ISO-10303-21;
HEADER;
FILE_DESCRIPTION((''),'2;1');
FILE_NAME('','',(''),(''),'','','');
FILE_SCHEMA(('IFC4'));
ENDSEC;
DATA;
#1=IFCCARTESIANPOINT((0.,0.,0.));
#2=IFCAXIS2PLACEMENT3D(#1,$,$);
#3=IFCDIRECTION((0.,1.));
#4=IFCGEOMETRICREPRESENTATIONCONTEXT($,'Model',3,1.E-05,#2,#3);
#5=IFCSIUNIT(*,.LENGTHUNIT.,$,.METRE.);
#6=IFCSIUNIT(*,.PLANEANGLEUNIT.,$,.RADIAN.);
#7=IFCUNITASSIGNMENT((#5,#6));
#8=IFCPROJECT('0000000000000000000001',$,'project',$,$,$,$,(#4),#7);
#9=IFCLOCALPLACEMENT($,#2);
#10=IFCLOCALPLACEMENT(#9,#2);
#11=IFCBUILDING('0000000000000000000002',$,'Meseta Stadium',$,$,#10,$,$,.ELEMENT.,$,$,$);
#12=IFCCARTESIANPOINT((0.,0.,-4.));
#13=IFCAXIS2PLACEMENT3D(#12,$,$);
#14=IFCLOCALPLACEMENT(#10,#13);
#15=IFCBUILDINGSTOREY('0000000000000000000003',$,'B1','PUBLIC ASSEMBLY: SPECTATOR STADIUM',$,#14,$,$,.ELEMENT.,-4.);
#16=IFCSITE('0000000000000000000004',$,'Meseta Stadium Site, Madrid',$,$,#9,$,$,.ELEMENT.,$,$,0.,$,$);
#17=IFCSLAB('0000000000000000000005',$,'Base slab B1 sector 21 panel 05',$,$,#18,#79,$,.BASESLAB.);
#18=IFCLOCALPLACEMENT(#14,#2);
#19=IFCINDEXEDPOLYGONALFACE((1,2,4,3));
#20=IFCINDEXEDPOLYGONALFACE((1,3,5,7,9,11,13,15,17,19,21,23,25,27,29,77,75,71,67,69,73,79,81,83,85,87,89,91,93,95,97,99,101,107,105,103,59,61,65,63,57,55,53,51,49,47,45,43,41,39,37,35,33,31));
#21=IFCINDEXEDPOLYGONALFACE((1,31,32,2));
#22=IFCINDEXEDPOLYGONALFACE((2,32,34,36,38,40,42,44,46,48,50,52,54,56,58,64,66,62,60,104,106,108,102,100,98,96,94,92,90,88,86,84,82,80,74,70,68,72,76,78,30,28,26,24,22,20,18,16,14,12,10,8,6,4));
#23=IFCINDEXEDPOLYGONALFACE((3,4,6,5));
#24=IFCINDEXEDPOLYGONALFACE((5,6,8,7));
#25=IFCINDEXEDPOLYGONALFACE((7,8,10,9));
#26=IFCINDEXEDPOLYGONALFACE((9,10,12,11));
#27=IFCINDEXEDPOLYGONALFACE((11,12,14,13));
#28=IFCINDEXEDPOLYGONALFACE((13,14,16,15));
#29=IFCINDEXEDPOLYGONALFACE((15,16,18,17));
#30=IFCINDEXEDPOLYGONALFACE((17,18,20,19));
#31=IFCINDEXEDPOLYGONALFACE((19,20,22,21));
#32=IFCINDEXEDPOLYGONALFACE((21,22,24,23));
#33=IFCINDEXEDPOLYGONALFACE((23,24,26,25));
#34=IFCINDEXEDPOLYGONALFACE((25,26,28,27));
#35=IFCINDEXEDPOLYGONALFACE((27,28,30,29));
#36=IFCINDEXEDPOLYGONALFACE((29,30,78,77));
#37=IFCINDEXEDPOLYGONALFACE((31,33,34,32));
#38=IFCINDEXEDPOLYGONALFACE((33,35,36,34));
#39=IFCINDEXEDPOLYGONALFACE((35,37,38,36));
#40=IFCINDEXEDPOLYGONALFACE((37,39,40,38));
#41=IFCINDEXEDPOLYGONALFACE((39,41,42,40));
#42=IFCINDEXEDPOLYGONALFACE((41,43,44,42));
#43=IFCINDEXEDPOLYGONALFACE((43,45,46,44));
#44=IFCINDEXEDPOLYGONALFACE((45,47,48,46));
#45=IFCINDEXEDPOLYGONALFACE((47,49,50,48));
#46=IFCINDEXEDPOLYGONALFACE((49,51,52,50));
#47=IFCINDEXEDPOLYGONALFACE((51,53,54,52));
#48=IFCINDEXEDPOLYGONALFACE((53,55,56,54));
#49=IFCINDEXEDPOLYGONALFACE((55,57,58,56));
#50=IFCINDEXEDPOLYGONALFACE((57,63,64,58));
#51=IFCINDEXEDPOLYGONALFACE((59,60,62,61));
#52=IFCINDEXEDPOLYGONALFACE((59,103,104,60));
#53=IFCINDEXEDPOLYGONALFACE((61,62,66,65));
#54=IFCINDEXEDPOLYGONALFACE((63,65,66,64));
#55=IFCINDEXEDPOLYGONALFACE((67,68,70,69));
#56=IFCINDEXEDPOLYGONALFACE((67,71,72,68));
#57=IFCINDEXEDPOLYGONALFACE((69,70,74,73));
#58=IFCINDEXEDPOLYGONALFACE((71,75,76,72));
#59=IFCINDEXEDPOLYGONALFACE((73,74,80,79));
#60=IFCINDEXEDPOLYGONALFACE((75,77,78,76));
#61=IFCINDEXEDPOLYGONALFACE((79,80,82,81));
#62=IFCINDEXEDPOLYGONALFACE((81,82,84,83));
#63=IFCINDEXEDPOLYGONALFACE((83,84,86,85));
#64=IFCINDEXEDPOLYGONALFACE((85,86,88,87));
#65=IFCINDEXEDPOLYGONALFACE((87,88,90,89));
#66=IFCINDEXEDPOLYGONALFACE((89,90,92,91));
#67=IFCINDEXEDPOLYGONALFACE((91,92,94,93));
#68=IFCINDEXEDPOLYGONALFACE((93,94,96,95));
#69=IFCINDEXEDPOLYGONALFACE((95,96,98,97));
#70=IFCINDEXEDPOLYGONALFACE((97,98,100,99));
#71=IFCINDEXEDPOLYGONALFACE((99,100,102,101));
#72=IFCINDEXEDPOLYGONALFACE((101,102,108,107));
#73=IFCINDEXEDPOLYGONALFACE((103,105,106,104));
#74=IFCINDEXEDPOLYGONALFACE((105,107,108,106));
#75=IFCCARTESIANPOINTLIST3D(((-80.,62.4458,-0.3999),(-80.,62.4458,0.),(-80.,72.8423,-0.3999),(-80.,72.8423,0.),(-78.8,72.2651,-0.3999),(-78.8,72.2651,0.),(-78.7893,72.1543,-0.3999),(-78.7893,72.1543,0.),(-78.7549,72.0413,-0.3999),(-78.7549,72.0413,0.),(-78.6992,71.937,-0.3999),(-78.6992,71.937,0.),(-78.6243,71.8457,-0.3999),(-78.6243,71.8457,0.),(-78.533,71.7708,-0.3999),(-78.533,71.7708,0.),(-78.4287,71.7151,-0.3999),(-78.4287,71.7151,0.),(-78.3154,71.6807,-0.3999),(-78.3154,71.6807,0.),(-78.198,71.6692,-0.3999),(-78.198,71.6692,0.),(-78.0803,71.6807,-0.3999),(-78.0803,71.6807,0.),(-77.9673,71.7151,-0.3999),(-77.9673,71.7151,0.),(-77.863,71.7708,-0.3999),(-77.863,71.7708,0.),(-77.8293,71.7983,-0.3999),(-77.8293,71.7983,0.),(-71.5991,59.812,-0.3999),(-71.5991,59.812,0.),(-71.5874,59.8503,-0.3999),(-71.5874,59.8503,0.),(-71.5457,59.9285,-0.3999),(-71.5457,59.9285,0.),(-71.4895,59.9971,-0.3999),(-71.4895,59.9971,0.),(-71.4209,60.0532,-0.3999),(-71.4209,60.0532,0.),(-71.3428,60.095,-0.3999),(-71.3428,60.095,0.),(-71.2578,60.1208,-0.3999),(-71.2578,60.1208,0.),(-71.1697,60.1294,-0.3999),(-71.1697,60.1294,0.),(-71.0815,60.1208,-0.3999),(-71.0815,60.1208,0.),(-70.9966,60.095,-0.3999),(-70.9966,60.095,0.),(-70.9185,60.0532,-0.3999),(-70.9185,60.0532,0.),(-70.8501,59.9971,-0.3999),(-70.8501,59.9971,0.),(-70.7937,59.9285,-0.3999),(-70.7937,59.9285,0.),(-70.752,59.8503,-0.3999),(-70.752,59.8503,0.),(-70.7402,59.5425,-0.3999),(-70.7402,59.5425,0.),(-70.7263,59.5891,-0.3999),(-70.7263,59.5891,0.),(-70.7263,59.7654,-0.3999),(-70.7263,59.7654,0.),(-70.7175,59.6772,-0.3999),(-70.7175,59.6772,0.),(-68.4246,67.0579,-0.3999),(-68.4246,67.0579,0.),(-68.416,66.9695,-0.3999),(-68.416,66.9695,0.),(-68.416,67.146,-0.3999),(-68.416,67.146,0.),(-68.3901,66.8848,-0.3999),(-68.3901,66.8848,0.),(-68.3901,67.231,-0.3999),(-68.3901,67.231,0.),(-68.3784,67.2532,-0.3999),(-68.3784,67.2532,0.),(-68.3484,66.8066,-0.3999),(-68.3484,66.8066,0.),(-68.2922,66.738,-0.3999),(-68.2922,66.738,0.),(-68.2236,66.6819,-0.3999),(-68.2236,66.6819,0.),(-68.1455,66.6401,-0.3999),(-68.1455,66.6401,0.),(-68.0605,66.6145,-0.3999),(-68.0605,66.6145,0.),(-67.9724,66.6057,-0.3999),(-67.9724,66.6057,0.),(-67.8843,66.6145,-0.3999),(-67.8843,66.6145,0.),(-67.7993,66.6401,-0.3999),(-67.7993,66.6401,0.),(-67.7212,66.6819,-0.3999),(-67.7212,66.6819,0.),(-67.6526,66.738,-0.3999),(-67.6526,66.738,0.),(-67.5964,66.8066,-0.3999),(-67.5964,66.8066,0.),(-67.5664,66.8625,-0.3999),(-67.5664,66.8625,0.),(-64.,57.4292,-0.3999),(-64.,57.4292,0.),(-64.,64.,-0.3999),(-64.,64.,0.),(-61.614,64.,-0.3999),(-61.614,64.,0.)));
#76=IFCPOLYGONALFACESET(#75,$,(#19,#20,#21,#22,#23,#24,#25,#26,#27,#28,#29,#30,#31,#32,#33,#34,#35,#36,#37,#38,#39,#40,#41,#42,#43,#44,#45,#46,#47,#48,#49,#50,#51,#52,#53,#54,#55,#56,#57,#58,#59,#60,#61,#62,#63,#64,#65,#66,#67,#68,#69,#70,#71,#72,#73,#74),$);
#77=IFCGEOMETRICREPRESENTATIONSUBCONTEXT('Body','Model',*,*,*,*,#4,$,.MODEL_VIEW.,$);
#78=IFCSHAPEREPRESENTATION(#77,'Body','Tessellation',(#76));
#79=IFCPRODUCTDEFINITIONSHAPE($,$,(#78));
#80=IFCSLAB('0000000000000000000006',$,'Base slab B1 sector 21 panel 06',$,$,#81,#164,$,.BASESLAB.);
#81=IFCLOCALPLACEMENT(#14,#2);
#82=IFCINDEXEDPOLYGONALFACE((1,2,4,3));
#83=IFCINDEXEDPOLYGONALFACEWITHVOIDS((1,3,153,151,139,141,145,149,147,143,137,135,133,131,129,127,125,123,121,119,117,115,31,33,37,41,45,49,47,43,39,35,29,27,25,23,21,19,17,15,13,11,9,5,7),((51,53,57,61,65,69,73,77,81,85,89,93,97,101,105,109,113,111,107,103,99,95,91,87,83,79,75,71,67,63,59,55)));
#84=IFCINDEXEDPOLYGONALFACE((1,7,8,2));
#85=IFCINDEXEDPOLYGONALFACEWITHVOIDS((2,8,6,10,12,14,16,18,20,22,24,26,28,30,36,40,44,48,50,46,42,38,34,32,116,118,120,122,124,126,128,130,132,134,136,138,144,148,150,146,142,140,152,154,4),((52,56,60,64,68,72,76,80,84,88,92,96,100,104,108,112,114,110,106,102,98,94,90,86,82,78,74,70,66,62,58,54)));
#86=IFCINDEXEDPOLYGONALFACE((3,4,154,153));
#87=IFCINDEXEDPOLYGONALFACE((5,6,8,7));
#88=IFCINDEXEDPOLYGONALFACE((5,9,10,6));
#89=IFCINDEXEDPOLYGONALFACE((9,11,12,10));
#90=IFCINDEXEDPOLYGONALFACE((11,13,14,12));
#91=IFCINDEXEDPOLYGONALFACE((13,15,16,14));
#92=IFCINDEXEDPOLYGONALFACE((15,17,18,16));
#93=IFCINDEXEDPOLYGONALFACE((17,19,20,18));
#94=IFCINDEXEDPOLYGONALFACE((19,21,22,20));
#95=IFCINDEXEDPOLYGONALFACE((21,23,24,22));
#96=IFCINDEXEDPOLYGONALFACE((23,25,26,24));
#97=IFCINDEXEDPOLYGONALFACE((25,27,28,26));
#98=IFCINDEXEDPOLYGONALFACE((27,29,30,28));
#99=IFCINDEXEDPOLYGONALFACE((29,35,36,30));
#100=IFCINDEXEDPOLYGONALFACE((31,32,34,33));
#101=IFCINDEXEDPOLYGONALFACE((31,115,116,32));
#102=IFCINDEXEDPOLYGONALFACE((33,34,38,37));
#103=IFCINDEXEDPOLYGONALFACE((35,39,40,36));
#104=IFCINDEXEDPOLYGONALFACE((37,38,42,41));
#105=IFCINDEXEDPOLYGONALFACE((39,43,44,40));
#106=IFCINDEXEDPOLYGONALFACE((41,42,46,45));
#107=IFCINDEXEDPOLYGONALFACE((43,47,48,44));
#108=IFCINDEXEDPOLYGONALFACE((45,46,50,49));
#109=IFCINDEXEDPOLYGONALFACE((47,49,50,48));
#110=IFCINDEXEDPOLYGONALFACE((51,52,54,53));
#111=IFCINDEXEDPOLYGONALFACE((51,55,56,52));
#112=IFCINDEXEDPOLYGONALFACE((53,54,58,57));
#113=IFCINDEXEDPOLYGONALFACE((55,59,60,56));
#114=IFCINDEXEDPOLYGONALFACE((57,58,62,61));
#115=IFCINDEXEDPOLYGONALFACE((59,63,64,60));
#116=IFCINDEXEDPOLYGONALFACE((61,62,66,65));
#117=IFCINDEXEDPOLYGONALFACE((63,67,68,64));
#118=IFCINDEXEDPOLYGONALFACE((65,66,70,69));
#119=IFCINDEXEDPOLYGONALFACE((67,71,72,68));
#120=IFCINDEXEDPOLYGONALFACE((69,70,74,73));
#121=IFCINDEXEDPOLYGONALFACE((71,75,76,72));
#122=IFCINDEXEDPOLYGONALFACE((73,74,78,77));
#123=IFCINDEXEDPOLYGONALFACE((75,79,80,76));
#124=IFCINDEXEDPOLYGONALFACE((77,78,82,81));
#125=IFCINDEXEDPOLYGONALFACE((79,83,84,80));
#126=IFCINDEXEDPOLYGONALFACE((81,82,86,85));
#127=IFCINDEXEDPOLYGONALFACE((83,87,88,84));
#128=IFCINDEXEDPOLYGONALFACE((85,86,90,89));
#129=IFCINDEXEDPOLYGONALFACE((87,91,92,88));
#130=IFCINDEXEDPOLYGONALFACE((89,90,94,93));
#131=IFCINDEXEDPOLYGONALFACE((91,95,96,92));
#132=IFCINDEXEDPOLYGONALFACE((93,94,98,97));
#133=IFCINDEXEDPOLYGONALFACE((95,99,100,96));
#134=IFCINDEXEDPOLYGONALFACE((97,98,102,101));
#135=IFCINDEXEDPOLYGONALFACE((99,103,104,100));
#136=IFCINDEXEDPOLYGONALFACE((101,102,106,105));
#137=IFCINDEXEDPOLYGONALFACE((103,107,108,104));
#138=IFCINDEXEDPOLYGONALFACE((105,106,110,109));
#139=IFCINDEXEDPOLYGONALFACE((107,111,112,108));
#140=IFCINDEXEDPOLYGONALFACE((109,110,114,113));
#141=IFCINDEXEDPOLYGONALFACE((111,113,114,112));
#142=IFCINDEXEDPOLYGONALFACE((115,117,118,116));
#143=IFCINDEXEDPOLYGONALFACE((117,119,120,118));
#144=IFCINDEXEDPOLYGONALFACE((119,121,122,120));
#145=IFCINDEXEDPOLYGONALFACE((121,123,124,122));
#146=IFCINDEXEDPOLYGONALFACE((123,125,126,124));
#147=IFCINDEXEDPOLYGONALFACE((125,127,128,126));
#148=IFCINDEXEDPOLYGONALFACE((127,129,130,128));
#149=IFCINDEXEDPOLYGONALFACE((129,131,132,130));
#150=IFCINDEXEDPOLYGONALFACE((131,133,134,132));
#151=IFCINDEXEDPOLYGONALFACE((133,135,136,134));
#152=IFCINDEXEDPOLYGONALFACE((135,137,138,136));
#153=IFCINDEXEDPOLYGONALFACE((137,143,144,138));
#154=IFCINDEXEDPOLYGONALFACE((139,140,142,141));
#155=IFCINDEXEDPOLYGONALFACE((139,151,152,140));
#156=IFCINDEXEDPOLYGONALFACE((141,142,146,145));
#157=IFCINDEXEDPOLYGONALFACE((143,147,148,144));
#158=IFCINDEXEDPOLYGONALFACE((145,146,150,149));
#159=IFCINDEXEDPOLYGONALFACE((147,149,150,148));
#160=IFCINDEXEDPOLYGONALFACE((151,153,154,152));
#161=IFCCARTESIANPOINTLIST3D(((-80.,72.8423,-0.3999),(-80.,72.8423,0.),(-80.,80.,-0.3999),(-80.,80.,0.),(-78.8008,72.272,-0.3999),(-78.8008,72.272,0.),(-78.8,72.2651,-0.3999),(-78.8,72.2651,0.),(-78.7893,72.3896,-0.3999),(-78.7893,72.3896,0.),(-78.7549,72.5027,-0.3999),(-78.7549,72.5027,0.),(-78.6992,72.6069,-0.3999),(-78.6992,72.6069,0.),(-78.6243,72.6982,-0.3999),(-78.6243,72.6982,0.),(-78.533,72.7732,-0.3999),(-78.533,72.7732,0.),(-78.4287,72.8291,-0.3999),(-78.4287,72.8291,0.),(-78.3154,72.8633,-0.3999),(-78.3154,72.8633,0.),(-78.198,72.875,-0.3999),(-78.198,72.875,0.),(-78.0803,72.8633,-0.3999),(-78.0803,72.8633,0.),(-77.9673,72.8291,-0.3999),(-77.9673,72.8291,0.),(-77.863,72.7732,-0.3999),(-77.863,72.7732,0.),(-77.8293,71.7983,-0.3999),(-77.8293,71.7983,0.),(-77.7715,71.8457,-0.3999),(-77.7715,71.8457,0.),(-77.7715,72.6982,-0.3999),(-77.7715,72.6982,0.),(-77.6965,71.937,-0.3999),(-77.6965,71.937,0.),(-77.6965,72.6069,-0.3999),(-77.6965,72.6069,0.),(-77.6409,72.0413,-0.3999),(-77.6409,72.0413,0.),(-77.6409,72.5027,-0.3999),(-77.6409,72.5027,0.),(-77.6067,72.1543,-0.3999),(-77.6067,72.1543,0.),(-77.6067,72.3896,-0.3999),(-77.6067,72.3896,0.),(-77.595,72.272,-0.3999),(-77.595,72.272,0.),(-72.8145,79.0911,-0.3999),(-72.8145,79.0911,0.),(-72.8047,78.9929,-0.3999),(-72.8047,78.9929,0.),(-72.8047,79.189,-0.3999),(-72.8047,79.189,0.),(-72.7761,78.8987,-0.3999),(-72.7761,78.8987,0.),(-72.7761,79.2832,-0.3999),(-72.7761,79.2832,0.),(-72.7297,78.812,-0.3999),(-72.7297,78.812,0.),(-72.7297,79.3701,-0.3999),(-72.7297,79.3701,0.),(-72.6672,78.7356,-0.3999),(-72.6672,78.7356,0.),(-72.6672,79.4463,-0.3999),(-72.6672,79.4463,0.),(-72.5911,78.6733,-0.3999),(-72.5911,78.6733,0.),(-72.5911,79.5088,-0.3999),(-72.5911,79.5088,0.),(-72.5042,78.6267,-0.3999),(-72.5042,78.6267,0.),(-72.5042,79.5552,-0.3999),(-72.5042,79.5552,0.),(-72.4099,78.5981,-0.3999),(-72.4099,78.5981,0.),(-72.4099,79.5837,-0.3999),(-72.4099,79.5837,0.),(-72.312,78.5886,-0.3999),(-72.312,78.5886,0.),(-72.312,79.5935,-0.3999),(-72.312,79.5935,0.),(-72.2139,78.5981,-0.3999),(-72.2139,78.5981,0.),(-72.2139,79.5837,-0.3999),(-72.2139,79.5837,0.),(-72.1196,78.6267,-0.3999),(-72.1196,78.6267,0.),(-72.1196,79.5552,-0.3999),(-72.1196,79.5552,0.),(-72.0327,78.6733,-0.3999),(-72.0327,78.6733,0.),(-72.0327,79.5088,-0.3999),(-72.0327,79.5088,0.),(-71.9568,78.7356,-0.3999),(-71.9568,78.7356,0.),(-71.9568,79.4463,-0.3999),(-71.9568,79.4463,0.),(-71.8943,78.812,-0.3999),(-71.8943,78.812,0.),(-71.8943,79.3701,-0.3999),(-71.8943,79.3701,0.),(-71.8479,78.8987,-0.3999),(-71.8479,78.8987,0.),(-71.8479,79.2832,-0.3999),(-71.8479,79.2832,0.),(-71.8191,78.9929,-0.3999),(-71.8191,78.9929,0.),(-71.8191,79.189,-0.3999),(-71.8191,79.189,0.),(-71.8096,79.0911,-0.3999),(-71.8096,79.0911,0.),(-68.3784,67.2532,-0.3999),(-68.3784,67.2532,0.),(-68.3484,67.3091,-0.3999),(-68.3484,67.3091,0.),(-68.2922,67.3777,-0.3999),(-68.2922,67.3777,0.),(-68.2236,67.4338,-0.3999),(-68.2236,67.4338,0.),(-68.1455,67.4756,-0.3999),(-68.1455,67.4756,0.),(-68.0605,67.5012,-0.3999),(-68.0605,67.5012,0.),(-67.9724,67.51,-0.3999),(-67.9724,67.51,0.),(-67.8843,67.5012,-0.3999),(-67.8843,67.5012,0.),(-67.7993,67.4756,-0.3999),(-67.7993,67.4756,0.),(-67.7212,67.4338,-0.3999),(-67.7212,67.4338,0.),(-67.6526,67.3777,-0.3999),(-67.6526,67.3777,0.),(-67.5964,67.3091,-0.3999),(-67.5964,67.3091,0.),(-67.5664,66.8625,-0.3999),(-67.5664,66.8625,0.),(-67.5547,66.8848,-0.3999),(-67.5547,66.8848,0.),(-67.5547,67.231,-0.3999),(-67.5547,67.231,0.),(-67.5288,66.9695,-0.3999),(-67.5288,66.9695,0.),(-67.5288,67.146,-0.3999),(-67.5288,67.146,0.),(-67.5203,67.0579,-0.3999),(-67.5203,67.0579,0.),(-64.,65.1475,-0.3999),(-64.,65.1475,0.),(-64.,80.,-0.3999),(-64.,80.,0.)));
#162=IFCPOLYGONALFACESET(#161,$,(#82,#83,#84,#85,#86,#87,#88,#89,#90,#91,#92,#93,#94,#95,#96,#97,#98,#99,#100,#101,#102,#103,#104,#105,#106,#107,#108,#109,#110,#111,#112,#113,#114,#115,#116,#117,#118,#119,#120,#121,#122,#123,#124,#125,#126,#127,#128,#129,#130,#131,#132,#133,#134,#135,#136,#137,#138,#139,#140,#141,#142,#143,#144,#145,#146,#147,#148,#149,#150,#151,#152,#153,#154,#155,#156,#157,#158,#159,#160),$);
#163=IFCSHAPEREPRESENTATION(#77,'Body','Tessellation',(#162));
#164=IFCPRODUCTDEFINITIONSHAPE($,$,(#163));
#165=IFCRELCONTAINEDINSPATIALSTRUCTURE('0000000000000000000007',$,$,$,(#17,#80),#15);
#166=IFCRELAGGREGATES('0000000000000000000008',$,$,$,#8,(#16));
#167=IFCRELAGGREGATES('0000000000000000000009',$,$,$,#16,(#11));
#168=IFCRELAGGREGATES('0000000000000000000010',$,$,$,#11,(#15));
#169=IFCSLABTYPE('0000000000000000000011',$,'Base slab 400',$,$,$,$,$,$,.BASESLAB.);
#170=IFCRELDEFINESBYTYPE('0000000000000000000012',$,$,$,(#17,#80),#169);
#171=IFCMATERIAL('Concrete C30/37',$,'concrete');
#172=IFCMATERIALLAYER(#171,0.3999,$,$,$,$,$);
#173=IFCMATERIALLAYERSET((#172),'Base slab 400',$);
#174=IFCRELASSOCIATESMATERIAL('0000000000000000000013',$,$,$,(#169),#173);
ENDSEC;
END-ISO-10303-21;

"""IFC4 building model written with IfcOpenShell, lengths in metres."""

from ifc_helpers import new_model, si_unit, direction, frame, origin, place, context, subcontext, project, spatial, polyline, outline, extrude, material, layer, layer_set, type_object, element, save


model = new_model("IFC4")

# Units and contexts
model_context = context("Model", 3, precision=1e-05, world=origin(), true_north=direction((0.0, 1.0)))
body_context = subcontext(model_context, "Body", "Model", "MODEL_VIEW")
ifc_project = project(units=[si_unit("LENGTHUNIT", "METRE"), si_unit("PLANEANGLEUNIT", "RADIAN")], contexts=[model_context])

# Site, building, storey
site_placement = place(None, origin())
site = spatial("IfcSite", under=ifc_project, at=site_placement, Name="Meseta Stadium Site, Madrid", CompositionType="ELEMENT", RefElevation=0.0)
building_placement = place(site_placement, origin())
building = spatial("IfcBuilding", under=site, at=building_placement, Name="Meseta Stadium", CompositionType="ELEMENT")
storey_placement = place(building_placement, frame((0.0, 0.0, -4.0)))
storey = spatial("IfcBuildingStorey", under=building, at=storey_placement, Name="B1", Description="PUBLIC ASSEMBLY: SPECTATOR STADIUM", CompositionType="ELEMENT", Elevation=-4.0)

# Slabs
ifc_material = material(Name="Concrete C30/37", Category="concrete")
ifc_layer = layer(ifc_material, 0.3999)
ifc_layer_set = layer_set([ifc_layer], Name="Base slab 400")
slab_type = type_object("IfcSlabType", Name="Base slab 400", PredefinedType="BASESLAB", material=ifc_layer_set)
slab_1_placement = place(storey_placement, frame((0.0, 0.0, -0.3999)))
element("IfcSlab", 1, at=slab_1_placement, inside=storey, type_object=slab_type, Name="Base slab B1 sector 21 panel 05", PredefinedType="BASESLAB", context=body_context, shape_type="SweptSolid", body=[
    extrude(outline(polyline([(-68.3484, 66.8066), (-68.3901, 66.8848), (-68.416, 66.9695), (-68.4246, 67.0579), (-68.416, 67.146), (-68.3901, 67.231), (-68.3784, 67.2532), (-77.8293, 71.7983), (-77.863, 71.7708), (-77.9673, 71.7151), (-78.0803, 71.6807), (-78.198, 71.6692), (-78.3154, 71.6807), (-78.4287, 71.7151), (-78.533, 71.7708), (-78.6243, 71.8457), (-78.6992, 71.937), (-78.7549, 72.0413), (-78.7893, 72.1543), (-78.8, 72.2651), (-80.0, 72.8423), (-80.0, 62.4458), (-71.5991, 59.812), (-71.5874, 59.8503), (-71.5457, 59.9285), (-71.4895, 59.9971), (-71.4209, 60.0532), (-71.3428, 60.095), (-71.2578, 60.1208), (-71.1697, 60.1294), (-71.0815, 60.1208), (-70.9966, 60.095), (-70.9185, 60.0532), (-70.8501, 59.9971), (-70.7937, 59.9285), (-70.752, 59.8503), (-70.7263, 59.7654), (-70.7175, 59.6772), (-70.7263, 59.5891), (-70.7402, 59.5425), (-64.0, 57.4292), (-64.0, 64.0), (-61.614, 64.0), (-67.5664, 66.8625), (-67.5964, 66.8066), (-67.6526, 66.738), (-67.7212, 66.6819), (-67.7993, 66.6401), (-67.8843, 66.6145), (-67.9724, 66.6057), (-68.0605, 66.6145), (-68.1455, 66.6401), (-68.2236, 66.6819), (-68.2922, 66.738), (-68.3484, 66.8066)])), origin(), (0.0, 0.0, 1.0), 0.3999),
])
slab_2_placement = place(storey_placement, frame((0.0, 0.0, -0.3999)))
element("IfcSlab", 2, at=slab_2_placement, inside=storey, type_object=slab_type, Name="Base slab B1 sector 21 panel 06", PredefinedType="BASESLAB", context=body_context, shape_type="SweptSolid", body=[
    extrude(outline(polyline([(-67.5288, 67.146), (-67.5203, 67.0579), (-67.5288, 66.9695), (-67.5547, 66.8848), (-67.5664, 66.8625), (-64.0, 65.1475), (-64.0, 80.0), (-80.0, 80.0), (-80.0, 72.8423), (-78.8, 72.2651), (-78.8008, 72.272), (-78.7893, 72.3896), (-78.7549, 72.5027), (-78.6992, 72.6069), (-78.6243, 72.6982), (-78.533, 72.7732), (-78.4287, 72.8291), (-78.3154, 72.8633), (-78.198, 72.875), (-78.0803, 72.8633), (-77.9673, 72.8291), (-77.863, 72.7732), (-77.7715, 72.6982), (-77.6965, 72.6069), (-77.6409, 72.5027), (-77.6067, 72.3896), (-77.595, 72.272), (-77.6067, 72.1543), (-77.6409, 72.0413), (-77.6965, 71.937), (-77.7715, 71.8457), (-77.8293, 71.7983), (-68.3784, 67.2532), (-68.3484, 67.3091), (-68.2922, 67.3777), (-68.2236, 67.4338), (-68.1455, 67.4756), (-68.0605, 67.5012), (-67.9724, 67.51), (-67.8843, 67.5012), (-67.7993, 67.4756), (-67.7212, 67.4338), (-67.6526, 67.3777), (-67.5964, 67.3091), (-67.5547, 67.231), (-67.5288, 67.146)]), holes=[polyline([(-71.9568, 78.7356), (-72.0327, 78.6733), (-72.1196, 78.6267), (-72.2139, 78.5981), (-72.312, 78.5886), (-72.4099, 78.5981), (-72.5042, 78.6267), (-72.5911, 78.6733), (-72.6672, 78.7356), (-72.7297, 78.812), (-72.7761, 78.8987), (-72.8047, 78.9929), (-72.8145, 79.0911), (-72.8047, 79.189), (-72.7761, 79.2832), (-72.7297, 79.3701), (-72.6672, 79.4463), (-72.5911, 79.5088), (-72.5042, 79.5552), (-72.4099, 79.5837), (-72.312, 79.5935), (-72.2139, 79.5837), (-72.1196, 79.5552), (-72.0327, 79.5088), (-71.9568, 79.4463), (-71.8943, 79.3701), (-71.8479, 79.2832), (-71.8191, 79.189), (-71.8096, 79.0911), (-71.8191, 78.9929), (-71.8479, 78.8987), (-71.8943, 78.812), (-71.9568, 78.7356)])]), origin(), (0.0, 0.0, 1.0), 0.3999),
])

save(model, "model.ifc")
